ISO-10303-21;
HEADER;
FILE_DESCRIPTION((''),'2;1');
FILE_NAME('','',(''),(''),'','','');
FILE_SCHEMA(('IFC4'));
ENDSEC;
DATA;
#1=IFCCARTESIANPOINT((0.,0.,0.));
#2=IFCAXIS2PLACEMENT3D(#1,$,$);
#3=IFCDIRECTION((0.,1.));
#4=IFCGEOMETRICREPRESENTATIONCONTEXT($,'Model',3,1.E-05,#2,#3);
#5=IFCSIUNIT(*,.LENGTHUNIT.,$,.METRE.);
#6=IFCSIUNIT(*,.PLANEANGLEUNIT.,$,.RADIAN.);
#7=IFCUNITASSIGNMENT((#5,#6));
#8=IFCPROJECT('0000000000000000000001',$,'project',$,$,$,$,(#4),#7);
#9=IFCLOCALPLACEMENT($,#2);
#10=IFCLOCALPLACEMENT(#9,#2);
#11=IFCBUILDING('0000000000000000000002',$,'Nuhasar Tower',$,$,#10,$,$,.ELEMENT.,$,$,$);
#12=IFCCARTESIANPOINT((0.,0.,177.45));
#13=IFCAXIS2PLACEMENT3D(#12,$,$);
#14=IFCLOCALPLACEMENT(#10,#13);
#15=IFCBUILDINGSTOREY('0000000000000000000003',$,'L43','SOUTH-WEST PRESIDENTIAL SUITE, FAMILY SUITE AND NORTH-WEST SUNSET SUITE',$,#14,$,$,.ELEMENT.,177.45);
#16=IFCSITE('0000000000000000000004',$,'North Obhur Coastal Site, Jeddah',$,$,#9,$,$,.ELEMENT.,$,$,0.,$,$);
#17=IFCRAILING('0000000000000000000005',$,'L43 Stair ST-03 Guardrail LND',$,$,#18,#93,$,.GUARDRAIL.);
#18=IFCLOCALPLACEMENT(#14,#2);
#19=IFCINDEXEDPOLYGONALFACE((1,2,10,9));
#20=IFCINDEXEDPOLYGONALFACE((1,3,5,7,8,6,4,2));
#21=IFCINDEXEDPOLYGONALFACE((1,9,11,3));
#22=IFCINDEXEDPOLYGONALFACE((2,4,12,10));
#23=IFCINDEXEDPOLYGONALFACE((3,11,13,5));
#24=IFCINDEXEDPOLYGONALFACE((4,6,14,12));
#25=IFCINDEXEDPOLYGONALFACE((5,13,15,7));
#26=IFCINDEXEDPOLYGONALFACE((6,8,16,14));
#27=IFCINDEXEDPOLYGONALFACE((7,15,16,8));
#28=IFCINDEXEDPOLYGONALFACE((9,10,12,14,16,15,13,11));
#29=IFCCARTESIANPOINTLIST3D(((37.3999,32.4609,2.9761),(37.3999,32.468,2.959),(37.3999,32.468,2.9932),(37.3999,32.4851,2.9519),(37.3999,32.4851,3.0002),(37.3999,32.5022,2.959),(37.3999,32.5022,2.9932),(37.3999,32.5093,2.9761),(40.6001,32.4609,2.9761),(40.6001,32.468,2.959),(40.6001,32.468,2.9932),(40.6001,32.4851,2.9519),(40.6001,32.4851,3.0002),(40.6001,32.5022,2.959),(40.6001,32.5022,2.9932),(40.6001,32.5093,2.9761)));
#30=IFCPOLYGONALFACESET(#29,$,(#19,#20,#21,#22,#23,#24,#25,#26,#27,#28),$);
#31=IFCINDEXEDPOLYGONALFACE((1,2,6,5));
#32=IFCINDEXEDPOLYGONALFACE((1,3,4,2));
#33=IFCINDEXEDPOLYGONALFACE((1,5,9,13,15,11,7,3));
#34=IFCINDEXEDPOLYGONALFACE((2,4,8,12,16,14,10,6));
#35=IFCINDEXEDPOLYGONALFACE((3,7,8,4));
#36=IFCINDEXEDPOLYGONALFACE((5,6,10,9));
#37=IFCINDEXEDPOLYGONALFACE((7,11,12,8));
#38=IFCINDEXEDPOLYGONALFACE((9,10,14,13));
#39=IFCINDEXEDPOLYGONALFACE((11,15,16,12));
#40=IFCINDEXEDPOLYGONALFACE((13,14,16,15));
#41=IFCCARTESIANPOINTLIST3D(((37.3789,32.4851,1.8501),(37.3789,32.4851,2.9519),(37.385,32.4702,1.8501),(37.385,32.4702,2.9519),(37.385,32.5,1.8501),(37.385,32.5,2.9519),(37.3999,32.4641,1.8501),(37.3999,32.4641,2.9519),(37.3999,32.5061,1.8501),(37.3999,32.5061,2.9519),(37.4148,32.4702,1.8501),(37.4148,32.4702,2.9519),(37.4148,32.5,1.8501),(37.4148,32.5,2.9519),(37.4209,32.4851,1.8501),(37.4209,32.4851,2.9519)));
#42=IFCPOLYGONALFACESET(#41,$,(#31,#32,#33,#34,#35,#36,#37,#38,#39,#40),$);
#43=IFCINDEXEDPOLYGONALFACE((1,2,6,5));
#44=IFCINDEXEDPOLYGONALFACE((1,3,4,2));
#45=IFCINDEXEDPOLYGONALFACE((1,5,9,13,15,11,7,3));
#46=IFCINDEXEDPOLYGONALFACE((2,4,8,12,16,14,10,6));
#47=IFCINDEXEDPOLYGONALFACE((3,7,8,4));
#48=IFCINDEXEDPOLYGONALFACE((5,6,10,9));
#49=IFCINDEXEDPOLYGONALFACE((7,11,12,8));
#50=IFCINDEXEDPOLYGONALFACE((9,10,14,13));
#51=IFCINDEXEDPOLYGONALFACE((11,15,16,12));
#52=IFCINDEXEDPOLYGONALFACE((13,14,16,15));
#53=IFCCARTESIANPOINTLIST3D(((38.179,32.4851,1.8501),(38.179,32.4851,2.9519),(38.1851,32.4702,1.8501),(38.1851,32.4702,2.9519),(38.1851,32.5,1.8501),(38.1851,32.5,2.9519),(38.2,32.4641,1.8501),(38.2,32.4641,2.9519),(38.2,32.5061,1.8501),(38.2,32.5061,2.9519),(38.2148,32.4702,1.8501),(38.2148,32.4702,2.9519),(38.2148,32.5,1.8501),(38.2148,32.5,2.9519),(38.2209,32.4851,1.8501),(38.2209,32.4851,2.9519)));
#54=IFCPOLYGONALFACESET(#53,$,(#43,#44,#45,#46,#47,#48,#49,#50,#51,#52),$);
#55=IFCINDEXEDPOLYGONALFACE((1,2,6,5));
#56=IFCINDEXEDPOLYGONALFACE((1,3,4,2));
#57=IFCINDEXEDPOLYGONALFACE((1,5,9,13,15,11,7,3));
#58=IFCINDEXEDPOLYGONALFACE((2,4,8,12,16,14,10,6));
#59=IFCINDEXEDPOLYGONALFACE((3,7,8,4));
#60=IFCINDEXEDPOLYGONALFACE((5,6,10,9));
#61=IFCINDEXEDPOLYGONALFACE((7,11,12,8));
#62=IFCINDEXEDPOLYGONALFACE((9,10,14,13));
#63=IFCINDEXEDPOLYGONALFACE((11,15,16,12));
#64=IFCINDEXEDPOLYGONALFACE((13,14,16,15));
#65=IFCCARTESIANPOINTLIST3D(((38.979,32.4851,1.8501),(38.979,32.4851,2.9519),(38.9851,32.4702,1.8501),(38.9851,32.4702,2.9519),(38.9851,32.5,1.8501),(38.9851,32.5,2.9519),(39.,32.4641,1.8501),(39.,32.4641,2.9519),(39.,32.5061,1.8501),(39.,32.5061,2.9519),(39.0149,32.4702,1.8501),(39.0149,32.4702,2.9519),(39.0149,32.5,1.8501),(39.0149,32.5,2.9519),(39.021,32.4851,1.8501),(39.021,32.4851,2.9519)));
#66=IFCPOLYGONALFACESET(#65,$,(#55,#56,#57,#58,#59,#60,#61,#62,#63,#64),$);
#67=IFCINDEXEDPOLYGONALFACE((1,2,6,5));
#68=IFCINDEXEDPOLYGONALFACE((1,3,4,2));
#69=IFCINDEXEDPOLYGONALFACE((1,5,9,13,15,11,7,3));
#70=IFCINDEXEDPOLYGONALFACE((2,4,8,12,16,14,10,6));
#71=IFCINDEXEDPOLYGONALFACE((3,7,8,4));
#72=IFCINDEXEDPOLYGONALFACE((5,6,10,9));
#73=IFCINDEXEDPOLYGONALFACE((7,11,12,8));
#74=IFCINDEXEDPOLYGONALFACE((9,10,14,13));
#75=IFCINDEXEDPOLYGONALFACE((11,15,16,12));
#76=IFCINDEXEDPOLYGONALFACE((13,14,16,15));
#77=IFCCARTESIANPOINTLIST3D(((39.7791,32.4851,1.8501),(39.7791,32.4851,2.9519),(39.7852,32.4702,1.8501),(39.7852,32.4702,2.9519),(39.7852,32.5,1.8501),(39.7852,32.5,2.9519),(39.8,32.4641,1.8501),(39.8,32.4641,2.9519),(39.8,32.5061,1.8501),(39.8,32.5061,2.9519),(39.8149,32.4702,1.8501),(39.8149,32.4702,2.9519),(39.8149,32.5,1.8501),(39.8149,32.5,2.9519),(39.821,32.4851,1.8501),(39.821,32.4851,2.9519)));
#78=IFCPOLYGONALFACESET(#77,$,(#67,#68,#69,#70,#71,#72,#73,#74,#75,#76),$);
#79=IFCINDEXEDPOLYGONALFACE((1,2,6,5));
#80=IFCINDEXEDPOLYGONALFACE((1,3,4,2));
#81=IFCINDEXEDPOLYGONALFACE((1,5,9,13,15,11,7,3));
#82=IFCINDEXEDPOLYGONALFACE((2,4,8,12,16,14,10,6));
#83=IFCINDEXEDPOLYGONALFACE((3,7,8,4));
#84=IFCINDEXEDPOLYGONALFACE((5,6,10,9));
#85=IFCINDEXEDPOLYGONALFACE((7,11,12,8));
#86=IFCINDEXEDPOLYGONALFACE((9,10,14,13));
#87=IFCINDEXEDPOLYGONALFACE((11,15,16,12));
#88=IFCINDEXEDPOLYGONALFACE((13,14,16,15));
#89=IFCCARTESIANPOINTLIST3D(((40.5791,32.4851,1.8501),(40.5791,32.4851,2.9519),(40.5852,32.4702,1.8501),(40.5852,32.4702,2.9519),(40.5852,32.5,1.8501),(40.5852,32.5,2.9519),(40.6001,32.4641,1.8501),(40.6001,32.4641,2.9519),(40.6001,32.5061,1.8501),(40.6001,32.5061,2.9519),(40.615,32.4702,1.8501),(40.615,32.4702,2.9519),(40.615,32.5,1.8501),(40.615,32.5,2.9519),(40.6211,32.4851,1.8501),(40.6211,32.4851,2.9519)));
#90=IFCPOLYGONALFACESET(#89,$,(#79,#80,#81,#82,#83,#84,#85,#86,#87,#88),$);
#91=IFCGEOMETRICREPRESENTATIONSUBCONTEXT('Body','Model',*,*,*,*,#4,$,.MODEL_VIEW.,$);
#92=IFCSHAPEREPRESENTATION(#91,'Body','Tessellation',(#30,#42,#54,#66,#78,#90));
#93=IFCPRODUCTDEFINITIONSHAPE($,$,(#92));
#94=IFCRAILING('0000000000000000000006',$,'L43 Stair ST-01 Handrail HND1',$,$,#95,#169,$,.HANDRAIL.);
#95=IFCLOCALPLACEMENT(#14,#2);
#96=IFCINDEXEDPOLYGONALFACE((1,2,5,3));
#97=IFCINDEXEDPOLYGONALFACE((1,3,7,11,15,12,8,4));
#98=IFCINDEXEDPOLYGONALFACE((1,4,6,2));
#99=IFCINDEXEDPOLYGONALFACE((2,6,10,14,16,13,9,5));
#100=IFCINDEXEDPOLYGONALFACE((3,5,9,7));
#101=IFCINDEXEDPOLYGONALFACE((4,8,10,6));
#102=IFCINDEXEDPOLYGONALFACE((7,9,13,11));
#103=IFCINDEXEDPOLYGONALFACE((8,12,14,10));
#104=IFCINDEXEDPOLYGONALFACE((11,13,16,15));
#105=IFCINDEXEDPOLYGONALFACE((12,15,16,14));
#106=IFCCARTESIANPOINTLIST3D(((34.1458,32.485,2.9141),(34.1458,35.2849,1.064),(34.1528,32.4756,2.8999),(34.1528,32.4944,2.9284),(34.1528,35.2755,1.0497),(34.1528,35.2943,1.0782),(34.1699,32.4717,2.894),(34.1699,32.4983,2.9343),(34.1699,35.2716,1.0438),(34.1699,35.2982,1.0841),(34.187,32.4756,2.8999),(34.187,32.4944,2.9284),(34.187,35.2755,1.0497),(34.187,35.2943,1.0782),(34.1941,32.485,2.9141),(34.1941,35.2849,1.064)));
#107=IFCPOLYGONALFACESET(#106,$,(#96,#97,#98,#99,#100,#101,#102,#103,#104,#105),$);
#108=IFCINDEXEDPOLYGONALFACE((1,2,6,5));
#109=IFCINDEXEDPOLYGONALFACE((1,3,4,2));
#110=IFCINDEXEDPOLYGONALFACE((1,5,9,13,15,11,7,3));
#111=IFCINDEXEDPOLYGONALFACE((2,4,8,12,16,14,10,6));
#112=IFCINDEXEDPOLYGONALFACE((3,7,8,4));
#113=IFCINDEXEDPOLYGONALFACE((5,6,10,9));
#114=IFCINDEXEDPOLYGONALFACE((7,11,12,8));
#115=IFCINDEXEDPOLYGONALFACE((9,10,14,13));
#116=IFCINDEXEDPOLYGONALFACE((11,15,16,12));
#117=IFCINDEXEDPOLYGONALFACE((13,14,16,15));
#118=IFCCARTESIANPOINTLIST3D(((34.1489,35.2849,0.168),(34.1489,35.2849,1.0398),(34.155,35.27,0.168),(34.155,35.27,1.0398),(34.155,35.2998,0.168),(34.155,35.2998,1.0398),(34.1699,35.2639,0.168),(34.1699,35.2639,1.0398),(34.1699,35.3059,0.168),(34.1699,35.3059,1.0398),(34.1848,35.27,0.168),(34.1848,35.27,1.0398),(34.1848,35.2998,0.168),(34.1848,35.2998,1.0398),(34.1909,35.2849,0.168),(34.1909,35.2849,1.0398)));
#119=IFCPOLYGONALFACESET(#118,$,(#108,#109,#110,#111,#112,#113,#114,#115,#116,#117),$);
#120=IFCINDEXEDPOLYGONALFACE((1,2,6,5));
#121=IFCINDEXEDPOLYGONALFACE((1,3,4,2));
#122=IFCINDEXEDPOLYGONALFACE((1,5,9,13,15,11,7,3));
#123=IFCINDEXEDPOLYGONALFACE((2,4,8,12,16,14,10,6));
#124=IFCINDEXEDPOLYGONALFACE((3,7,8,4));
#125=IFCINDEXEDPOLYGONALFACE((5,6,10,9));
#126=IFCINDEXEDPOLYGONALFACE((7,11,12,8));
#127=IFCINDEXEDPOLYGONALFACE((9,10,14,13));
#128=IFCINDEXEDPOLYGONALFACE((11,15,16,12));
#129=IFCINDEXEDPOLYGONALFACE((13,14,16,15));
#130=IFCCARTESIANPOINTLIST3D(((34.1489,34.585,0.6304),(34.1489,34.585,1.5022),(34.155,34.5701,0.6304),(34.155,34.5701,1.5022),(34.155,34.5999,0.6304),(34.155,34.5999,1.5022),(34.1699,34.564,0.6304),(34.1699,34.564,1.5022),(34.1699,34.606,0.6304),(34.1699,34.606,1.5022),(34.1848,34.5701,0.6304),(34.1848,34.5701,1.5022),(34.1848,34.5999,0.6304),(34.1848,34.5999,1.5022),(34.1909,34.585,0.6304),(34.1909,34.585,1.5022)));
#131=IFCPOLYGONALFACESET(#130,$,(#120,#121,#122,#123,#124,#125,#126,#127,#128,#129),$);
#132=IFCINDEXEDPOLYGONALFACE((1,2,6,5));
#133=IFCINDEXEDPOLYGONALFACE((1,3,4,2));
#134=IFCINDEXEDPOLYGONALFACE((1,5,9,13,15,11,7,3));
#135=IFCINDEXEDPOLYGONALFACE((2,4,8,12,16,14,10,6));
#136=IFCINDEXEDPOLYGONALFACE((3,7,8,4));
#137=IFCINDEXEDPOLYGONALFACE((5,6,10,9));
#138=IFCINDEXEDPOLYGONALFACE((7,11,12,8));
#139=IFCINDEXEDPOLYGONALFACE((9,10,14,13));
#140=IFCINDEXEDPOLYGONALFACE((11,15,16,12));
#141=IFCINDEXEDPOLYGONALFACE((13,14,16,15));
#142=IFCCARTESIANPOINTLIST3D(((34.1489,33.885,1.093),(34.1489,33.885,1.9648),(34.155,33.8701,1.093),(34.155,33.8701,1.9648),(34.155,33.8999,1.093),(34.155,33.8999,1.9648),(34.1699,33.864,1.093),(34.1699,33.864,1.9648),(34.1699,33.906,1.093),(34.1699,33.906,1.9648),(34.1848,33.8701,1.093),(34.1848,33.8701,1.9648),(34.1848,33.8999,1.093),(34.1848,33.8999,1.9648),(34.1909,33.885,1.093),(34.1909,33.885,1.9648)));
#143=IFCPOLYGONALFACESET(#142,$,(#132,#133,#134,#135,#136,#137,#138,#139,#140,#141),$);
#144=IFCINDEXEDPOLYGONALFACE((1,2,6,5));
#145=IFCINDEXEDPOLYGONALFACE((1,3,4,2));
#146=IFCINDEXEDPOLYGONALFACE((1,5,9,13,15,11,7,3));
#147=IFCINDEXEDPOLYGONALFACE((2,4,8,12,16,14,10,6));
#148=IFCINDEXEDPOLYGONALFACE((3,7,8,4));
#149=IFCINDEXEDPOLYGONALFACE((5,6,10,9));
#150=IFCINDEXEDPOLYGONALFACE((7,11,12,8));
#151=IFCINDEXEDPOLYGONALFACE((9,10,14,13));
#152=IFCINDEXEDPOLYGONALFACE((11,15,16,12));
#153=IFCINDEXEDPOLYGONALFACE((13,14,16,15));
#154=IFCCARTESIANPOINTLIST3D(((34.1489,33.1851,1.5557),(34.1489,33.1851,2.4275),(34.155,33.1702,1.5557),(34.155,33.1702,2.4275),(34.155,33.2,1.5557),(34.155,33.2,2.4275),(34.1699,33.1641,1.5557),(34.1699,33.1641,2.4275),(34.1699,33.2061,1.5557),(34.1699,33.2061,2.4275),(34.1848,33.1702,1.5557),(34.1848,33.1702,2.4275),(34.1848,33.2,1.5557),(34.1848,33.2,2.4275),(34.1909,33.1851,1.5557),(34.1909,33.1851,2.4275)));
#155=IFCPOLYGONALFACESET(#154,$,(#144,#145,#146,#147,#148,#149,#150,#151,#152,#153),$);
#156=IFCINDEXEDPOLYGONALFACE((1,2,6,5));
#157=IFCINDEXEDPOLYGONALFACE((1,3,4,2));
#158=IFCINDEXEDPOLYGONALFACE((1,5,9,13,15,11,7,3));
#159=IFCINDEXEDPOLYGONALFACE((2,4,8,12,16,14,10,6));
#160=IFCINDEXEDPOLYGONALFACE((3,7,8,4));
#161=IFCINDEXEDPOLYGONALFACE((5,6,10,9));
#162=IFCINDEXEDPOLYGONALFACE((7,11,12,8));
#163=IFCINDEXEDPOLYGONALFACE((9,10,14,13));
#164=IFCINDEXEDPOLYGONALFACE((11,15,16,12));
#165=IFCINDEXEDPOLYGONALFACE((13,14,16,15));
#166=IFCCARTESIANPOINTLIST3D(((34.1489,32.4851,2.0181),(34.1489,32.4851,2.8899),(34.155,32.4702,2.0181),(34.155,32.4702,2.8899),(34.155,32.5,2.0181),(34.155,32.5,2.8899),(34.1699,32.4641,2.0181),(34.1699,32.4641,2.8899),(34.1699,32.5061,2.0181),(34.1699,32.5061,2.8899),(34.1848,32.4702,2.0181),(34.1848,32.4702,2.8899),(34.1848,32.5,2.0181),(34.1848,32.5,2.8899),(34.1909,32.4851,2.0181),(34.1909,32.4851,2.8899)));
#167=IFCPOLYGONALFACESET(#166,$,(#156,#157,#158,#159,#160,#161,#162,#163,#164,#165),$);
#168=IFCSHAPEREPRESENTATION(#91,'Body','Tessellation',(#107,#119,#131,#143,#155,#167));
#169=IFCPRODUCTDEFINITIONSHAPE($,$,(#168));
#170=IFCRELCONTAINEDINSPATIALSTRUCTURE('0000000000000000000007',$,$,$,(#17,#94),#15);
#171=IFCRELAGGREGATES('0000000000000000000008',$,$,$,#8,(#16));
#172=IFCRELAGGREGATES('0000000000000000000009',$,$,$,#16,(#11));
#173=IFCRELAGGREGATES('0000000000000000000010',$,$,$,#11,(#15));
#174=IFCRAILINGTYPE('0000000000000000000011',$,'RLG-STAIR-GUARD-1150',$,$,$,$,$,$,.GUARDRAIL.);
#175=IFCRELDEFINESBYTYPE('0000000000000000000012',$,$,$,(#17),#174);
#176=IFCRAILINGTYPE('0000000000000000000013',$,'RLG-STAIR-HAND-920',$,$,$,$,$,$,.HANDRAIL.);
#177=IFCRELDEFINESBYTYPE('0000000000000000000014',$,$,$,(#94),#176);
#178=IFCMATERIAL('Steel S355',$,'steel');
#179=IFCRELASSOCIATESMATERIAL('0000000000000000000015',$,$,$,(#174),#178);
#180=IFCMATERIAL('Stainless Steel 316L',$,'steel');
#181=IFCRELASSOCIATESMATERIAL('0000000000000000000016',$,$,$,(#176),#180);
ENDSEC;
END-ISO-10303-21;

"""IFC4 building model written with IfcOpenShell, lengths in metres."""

from ifc_helpers import new_model, si_unit, direction, frame, origin, place, context, subcontext, project, spatial, polyline, outline, extrude, material, type_object, element, save


model = new_model("IFC4")

# Units and contexts
model_context = context("Model", 3, precision=1e-05, world=origin(), true_north=direction((0.0, 1.0)))
body_context = subcontext(model_context, "Body", "Model", "MODEL_VIEW")
ifc_project = project(units=[si_unit("LENGTHUNIT", "METRE"), si_unit("PLANEANGLEUNIT", "RADIAN")], contexts=[model_context])

# Site, building, storey
site_placement = place(None, origin())
site = spatial("IfcSite", under=ifc_project, at=site_placement, Name="North Obhur Coastal Site, Jeddah", CompositionType="ELEMENT", RefElevation=0.0)
building_placement = place(site_placement, origin())
building = spatial("IfcBuilding", under=site, at=building_placement, Name="Nuhasar Tower", CompositionType="ELEMENT")
storey_placement = place(building_placement, frame((0.0, 0.0, 177.45)))
storey = spatial("IfcBuildingStorey", under=building, at=storey_placement, Name="L43", Description="SOUTH-WEST PRESIDENTIAL SUITE, FAMILY SUITE AND NORTH-WEST SUNSET SUITE", CompositionType="ELEMENT", Elevation=177.45)

# Shared definitions
ifc_material_1 = material(Name="Steel S355", Category="steel")

# Railings
railing_type_1 = type_object("IfcRailingType", Name="RLG-STAIR-GUARD-1150", PredefinedType="GUARDRAIL", material=ifc_material_1)
railing_1_placement = place(storey_placement, frame((37.3999, 32.4851, 1.8501)))
element("IfcRailing", 1, at=railing_1_placement, inside=storey, type_object=railing_type_1, Name="L43 Stair ST-03 Guardrail LND", PredefinedType="GUARDRAIL", context=body_context, shape_type="SweptSolid", body=[
    extrude(outline(polyline([(0.0242, 0.0), (0.0171, 0.0171), (0.0, 0.0242), (-0.0171, 0.0171), (-0.0242, 0.0), (-0.0171, -0.0171), (0.0, -0.0242), (0.0171, -0.0171), (0.0242, 0.0)])), frame((0.0, 0.0, 1.126), z_axis=(1.0, 0.0, 0.0), x_axis=(0.0, 1.0, 0.0)), (0.0, 0.0, 1.0), 3.2002),
    extrude(outline(polyline([(0.021, 0.0), (0.0149, 0.0149), (0.0, 0.021), (-0.0149, 0.0149), (-0.021, 0.0), (-0.0149, -0.0149), (0.0, -0.021), (0.0149, -0.0149), (0.021, 0.0)])), origin(), (0.0, 0.0, 1.0), 1.1018),
    extrude(outline(polyline([(0.021, 0.0), (0.0149, 0.0149), (0.0, 0.021), (-0.0149, 0.0149), (-0.021, 0.0), (-0.0149, -0.0149), (0.0, -0.021), (0.0149, -0.0149), (0.021, 0.0)])), frame((0.8, 0.0, 0.0)), (0.0, 0.0, 1.0), 1.1018),
    extrude(outline(polyline([(0.021, 0.0), (0.0149, 0.0149), (0.0, 0.021), (-0.0149, 0.0149), (-0.021, 0.0), (-0.0149, -0.0149), (0.0, -0.021), (0.0149, -0.0149), (0.021, 0.0)])), frame((1.6001, 0.0, 0.0)), (0.0, 0.0, 1.0), 1.1018),
    extrude(outline(polyline([(0.021, 0.0), (0.0149, 0.0149), (0.0, 0.021), (-0.0149, 0.0149), (-0.021, 0.0), (-0.0149, -0.0149), (0.0, -0.021), (0.0149, -0.0149), (0.021, 0.0)])), frame((2.4001, 0.0, 0.0)), (0.0, 0.0, 1.0), 1.1018),
    extrude(outline(polyline([(0.021, 0.0), (0.0149, 0.0149), (0.0, 0.021), (-0.0149, 0.0149), (-0.021, 0.0), (-0.0149, -0.0149), (0.0, -0.021), (0.0149, -0.0149), (0.021, 0.0)])), frame((3.2002, 0.0, 0.0)), (0.0, 0.0, 1.0), 1.1018),
])
ifc_material_2 = material(Name="Stainless Steel 316L", Category="steel")
railing_type_2 = type_object("IfcRailingType", Name="RLG-STAIR-HAND-920", PredefinedType="HANDRAIL", material=ifc_material_2)
railing_2_placement = place(storey_placement, frame((34.1699, 35.2849, 0.168)))
element("IfcRailing", 2, at=railing_2_placement, inside=storey, type_object=railing_type_2, Name="L43 Stair ST-01 Handrail HND1", PredefinedType="HANDRAIL", context=body_context, shape_type="SweptSolid", body=[
    extrude(outline(polyline([(0.0242, 0.0), (0.0171, 0.0171), (0.0, 0.0242), (-0.0171, 0.0171), (-0.0242, 0.0), (-0.0171, -0.0171), (0.0, -0.0242), (0.0171, -0.0171), (0.0242, 0.0)])), frame((0.0, 0.0, 0.896), z_axis=(0.0, -0.834304, 0.551304), x_axis=(1.0, 0.0, 0.0)), (0.0, 0.0, 1.0), 3.356),
    extrude(outline(polyline([(0.021, 0.0), (0.0149, 0.0149), (0.0, 0.021), (-0.0149, 0.0149), (-0.021, 0.0), (-0.0149, -0.0149), (0.0, -0.021), (0.0149, -0.0149), (0.021, 0.0)])), origin(), (0.0, 0.0, 1.0), 0.8718),
    extrude(outline(polyline([(0.021, 0.0), (0.0149, 0.0149), (0.0, 0.021), (-0.0149, 0.0149), (-0.021, 0.0), (-0.0149, -0.0149), (0.0, -0.021), (0.0149, -0.0149), (0.021, 0.0)])), frame((0.0, -0.7, 0.4624)), (0.0, 0.0, 1.0), 0.8718),
    extrude(outline(polyline([(0.021, 0.0), (0.0149, 0.0149), (0.0, 0.021), (-0.0149, 0.0149), (-0.021, 0.0), (-0.0149, -0.0149), (0.0, -0.021), (0.0149, -0.0149), (0.021, 0.0)])), frame((0.0, -1.3999, 0.925)), (0.0, 0.0, 1.0), 0.8718),
    extrude(outline(polyline([(0.021, 0.0), (0.0149, 0.0149), (0.0, 0.021), (-0.0149, 0.0149), (-0.021, 0.0), (-0.0149, -0.0149), (0.0, -0.021), (0.0149, -0.0149), (0.021, 0.0)])), frame((0.0, -2.0999, 1.3877)), (0.0, 0.0, 1.0), 0.8718),
    extrude(outline(polyline([(0.021, 0.0), (0.0149, 0.0149), (0.0, 0.021), (-0.0149, 0.0149), (-0.021, 0.0), (-0.0149, -0.0149), (0.0, -0.021), (0.0149, -0.0149), (0.021, 0.0)])), frame((0.0, -2.7998, 1.8501)), (0.0, 0.0, 1.0), 0.8718),
])

save(model, "model.ifc")
